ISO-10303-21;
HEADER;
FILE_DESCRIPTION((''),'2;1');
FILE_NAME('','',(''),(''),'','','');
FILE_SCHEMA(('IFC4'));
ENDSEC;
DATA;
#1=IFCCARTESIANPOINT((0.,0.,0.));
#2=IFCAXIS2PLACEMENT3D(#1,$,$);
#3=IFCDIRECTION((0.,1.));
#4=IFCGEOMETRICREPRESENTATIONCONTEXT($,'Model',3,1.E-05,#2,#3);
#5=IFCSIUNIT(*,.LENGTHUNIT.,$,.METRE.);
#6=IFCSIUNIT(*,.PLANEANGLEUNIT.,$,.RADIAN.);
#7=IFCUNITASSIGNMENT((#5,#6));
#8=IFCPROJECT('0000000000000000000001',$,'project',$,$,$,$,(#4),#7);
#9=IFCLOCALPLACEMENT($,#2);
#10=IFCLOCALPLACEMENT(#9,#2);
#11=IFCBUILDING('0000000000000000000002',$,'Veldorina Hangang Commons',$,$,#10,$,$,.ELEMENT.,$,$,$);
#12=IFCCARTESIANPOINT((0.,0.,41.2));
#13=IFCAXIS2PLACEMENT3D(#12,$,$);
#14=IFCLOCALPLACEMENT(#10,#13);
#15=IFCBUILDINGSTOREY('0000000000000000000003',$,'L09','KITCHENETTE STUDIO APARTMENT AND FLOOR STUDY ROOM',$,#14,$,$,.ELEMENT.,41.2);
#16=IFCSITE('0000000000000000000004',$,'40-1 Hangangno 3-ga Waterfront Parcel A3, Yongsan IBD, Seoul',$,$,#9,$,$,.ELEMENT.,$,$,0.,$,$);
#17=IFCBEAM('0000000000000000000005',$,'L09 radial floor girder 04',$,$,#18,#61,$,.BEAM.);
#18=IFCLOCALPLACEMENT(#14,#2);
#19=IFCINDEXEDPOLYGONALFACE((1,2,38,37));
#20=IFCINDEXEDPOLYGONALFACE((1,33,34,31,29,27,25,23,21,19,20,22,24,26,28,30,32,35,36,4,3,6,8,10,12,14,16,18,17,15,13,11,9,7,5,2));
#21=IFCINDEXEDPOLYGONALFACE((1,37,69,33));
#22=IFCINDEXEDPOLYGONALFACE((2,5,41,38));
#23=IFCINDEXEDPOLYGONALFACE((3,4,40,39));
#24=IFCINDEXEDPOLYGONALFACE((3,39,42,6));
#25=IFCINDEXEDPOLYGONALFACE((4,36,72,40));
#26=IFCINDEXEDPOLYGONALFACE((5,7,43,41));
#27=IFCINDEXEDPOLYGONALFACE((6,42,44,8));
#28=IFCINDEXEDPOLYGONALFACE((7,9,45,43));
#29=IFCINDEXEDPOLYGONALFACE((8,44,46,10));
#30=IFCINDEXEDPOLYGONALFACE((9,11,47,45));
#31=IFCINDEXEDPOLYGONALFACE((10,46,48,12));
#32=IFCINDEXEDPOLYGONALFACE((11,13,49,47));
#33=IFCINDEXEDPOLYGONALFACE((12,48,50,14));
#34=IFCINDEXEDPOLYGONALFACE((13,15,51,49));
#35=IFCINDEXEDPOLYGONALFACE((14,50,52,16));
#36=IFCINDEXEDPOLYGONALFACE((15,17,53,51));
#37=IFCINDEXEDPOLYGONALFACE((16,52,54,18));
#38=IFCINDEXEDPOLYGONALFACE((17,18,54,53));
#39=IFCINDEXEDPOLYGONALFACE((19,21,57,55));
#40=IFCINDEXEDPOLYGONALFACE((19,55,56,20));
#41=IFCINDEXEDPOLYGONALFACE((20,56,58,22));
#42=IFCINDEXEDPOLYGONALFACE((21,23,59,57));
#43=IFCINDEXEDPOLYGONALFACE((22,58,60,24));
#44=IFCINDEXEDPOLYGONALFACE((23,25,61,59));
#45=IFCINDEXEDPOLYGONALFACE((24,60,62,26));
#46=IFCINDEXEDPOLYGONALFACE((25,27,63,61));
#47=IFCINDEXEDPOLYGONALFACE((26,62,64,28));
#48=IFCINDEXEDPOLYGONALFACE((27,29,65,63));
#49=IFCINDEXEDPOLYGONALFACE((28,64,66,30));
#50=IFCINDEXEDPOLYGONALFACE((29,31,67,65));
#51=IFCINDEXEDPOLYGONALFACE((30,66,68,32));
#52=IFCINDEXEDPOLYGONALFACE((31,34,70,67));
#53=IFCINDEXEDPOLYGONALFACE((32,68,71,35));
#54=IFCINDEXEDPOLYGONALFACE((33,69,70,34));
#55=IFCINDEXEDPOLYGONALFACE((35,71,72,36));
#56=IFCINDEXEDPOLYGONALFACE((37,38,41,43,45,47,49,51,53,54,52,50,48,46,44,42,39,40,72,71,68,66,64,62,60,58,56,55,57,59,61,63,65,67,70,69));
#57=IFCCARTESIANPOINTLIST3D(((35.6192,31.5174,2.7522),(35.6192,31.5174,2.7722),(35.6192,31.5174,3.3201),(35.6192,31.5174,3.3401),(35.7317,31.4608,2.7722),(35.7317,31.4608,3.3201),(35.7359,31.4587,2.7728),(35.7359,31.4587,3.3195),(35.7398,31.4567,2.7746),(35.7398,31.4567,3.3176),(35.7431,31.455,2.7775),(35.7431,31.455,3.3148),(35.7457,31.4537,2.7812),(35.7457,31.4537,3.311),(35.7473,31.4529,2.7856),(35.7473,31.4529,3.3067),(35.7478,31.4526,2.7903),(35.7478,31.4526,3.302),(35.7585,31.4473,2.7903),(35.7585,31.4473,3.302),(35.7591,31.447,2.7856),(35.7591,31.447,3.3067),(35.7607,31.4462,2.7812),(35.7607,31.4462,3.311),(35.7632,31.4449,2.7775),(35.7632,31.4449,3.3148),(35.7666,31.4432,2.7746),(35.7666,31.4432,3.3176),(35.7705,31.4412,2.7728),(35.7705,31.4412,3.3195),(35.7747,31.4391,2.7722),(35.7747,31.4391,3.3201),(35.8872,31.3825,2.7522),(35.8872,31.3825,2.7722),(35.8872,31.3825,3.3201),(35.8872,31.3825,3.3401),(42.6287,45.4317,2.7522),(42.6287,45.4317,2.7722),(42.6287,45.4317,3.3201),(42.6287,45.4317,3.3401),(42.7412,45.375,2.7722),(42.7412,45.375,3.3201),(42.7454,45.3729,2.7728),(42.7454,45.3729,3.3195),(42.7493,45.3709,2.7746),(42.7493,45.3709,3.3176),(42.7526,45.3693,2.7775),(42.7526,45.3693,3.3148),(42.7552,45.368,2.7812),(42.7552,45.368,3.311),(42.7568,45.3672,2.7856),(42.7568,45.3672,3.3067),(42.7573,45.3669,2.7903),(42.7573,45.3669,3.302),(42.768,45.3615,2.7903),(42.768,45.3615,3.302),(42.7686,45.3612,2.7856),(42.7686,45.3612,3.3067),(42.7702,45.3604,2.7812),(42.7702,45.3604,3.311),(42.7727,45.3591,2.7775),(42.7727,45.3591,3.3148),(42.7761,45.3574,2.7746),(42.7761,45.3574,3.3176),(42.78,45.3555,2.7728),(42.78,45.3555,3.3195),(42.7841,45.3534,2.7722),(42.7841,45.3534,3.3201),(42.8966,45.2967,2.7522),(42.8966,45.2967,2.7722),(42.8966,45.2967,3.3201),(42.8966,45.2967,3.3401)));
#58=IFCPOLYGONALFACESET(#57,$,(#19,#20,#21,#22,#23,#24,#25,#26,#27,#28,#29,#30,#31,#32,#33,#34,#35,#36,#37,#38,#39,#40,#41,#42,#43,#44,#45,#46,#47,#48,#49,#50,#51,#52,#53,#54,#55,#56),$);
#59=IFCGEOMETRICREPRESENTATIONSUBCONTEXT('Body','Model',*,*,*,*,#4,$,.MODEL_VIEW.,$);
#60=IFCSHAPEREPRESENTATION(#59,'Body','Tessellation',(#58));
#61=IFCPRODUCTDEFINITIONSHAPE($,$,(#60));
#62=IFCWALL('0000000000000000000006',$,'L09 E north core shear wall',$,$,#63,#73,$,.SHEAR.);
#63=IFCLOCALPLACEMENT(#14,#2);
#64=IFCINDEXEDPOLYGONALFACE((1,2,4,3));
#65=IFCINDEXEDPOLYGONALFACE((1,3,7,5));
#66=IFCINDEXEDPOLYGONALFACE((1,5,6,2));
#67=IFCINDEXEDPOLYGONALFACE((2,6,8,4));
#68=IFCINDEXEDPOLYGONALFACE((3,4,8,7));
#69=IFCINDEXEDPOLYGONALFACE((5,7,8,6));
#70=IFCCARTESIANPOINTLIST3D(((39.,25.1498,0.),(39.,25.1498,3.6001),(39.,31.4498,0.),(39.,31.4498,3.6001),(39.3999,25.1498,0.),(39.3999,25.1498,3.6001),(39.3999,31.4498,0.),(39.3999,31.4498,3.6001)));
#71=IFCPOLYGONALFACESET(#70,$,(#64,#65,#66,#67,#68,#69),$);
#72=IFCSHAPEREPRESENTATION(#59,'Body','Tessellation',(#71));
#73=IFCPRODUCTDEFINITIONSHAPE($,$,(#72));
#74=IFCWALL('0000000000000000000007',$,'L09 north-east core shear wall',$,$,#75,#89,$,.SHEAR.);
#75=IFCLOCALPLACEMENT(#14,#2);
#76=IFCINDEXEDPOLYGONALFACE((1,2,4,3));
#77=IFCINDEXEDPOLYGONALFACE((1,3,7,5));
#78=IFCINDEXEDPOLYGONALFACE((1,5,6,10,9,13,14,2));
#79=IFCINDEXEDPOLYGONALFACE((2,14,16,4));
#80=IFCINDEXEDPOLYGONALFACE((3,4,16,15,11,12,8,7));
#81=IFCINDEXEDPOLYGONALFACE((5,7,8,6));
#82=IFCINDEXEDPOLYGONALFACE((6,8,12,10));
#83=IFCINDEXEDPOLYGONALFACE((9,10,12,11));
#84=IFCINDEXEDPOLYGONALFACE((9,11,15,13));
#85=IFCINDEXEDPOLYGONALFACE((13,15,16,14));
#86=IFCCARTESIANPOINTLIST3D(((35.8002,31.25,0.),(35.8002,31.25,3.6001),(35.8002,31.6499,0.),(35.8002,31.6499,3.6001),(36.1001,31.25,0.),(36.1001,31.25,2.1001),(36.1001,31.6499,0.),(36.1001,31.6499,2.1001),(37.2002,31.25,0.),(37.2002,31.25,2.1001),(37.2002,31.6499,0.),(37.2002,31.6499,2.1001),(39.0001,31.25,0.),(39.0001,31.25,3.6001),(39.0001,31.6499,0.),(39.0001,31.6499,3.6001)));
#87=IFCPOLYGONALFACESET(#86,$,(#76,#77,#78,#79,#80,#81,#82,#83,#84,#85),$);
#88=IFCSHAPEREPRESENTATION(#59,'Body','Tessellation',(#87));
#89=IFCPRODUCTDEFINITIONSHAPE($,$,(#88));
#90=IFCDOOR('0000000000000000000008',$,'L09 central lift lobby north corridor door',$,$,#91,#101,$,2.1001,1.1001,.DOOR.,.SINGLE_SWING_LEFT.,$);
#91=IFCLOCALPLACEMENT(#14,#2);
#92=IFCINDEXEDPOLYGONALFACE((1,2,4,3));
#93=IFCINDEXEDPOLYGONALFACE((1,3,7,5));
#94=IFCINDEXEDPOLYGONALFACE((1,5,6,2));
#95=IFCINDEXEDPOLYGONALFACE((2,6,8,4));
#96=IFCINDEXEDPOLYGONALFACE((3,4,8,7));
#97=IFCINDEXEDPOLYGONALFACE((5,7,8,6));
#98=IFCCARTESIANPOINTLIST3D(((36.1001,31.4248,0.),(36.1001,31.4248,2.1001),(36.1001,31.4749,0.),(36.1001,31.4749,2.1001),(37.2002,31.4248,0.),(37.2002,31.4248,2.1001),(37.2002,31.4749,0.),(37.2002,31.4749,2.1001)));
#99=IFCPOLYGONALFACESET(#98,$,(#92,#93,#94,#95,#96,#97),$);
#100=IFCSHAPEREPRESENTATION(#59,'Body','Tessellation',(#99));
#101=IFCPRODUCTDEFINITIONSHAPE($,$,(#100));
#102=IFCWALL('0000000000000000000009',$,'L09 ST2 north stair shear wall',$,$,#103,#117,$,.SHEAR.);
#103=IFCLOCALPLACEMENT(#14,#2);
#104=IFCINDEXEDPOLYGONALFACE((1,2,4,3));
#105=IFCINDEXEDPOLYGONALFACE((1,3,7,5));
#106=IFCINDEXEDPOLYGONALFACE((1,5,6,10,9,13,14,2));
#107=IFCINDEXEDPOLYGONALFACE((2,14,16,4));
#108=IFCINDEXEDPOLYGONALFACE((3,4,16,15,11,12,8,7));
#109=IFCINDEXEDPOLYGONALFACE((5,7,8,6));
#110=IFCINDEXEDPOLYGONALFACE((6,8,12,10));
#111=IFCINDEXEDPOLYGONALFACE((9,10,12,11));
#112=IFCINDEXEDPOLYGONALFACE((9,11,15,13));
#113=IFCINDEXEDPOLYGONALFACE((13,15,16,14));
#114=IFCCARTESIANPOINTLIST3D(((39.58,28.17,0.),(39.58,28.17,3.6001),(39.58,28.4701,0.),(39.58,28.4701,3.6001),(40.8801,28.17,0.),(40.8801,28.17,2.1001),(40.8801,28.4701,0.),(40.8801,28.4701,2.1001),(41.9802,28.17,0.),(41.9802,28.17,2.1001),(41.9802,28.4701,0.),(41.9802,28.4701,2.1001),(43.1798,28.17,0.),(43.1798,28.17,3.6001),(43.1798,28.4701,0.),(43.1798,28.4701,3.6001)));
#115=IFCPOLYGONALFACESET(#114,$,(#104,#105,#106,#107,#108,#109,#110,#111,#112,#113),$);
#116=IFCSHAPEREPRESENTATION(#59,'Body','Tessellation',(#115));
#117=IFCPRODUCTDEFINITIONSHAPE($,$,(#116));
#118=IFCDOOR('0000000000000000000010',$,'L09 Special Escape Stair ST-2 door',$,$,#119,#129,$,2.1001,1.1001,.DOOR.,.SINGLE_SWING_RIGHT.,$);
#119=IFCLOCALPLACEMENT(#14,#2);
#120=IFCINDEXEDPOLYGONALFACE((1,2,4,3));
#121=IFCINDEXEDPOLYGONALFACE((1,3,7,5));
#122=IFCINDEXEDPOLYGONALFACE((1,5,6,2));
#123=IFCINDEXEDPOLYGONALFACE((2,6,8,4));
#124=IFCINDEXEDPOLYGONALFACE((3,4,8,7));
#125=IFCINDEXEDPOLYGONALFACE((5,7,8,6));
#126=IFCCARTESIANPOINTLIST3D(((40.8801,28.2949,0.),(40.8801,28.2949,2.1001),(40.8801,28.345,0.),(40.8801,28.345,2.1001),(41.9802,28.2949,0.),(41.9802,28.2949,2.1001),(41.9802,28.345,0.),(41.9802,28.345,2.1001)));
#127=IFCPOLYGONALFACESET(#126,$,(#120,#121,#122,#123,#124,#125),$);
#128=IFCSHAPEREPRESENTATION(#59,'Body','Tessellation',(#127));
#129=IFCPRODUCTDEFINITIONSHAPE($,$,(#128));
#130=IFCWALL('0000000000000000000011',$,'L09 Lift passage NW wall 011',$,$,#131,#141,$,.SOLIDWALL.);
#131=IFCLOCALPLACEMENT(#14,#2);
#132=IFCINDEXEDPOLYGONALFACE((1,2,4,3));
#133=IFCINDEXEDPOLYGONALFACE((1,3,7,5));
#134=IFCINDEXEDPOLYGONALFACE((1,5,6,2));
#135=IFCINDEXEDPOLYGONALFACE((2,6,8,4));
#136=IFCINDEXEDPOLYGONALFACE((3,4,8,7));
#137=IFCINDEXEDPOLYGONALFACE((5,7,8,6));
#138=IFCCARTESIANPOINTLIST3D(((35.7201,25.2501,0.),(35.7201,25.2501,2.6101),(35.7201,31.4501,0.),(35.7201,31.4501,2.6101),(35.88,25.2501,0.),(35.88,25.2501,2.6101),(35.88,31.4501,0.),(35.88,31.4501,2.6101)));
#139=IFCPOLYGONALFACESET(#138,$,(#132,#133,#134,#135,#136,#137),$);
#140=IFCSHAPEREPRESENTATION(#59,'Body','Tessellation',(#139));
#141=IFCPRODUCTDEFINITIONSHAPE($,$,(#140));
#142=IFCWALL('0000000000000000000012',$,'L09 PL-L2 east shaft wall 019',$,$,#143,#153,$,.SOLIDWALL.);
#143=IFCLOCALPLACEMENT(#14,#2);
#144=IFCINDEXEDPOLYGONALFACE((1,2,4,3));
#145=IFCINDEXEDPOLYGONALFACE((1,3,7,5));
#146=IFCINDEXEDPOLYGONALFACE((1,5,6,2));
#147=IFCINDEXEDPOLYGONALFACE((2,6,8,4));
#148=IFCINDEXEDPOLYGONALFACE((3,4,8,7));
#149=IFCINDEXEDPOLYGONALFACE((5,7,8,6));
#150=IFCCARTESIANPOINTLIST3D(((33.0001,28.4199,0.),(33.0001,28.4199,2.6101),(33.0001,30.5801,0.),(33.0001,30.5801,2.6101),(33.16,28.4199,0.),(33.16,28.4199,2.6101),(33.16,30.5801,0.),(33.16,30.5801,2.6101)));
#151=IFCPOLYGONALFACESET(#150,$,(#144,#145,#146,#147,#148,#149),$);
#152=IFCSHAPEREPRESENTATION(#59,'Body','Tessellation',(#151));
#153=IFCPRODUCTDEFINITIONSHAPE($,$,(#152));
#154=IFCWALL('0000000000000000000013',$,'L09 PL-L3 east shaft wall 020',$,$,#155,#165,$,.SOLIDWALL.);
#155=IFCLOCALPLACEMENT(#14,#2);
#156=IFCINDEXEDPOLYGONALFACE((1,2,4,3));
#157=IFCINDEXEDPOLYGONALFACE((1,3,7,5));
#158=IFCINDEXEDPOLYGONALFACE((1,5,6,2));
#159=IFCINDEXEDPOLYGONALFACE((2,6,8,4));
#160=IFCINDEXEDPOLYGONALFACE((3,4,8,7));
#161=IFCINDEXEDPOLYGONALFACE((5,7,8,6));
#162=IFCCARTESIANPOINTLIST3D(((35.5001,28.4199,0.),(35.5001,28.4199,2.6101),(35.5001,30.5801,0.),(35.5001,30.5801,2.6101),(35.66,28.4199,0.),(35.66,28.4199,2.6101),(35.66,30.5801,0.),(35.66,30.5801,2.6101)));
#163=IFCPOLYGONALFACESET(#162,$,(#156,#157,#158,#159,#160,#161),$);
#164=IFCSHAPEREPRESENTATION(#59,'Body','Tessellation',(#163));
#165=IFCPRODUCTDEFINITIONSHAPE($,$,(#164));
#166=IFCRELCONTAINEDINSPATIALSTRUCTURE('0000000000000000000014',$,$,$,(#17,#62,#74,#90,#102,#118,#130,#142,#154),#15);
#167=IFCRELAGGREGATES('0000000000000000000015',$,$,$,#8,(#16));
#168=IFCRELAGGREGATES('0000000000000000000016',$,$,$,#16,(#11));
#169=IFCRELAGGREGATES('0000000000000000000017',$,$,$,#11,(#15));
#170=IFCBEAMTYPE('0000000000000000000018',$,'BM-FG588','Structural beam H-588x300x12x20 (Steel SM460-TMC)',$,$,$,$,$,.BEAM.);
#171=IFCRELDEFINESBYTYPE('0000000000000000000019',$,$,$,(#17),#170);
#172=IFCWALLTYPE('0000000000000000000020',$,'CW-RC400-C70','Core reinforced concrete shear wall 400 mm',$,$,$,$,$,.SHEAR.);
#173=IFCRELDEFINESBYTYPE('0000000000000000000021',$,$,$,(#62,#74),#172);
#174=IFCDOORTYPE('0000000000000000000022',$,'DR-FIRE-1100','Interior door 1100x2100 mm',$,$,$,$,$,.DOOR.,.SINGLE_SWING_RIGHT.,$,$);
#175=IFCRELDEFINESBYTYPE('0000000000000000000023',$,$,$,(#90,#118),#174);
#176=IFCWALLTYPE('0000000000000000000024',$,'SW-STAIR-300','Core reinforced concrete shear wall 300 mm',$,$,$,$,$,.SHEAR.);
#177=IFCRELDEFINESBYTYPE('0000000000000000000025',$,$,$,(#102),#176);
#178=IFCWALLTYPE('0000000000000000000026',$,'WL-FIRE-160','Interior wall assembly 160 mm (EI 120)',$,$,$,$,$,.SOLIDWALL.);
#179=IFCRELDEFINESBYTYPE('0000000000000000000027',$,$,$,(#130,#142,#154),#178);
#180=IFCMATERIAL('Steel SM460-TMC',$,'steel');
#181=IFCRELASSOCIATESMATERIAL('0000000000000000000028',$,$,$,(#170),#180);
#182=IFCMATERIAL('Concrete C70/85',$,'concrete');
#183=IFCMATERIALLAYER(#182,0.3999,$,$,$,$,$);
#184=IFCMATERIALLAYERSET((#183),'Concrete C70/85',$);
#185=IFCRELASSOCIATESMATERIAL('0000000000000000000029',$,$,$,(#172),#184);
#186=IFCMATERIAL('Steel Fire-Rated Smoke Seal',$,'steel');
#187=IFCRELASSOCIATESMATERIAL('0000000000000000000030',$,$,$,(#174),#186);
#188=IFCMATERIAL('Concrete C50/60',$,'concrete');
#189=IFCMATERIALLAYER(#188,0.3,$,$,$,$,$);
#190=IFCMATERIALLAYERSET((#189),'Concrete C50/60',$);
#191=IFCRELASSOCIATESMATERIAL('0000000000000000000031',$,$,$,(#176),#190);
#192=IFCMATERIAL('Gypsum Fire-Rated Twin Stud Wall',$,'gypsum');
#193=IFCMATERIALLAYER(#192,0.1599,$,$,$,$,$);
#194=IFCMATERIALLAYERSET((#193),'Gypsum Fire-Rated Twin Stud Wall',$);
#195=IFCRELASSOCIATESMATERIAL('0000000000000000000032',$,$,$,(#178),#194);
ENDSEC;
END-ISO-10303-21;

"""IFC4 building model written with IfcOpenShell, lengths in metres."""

from ifc_helpers import new_model, si_unit, direction, frame, frame_2d, origin, origin_2d, place, context, subcontext, project, spatial, rectangle, i_section, extrude, material, layer, layer_set, material_profile, profile_set, type_object, element, fill, save


model = new_model("IFC4")

# Units and contexts
model_context = context("Model", 3, precision=1e-05, world=origin(), true_north=direction((0.0, 1.0)))
body_context = subcontext(model_context, "Body", "Model", "MODEL_VIEW")
ifc_project = project(units=[si_unit("LENGTHUNIT", "METRE"), si_unit("PLANEANGLEUNIT", "RADIAN")], contexts=[model_context])

# Site, building, storey
site_placement = place(None, origin())
site = spatial("IfcSite", under=ifc_project, at=site_placement, Name="40-1 Hangangno 3-ga Waterfront Parcel A3, Yongsan IBD, Seoul", CompositionType="ELEMENT", RefElevation=0.0)
building_placement = place(site_placement, origin())
building = spatial("IfcBuilding", under=site, at=building_placement, Name="Veldorina Hangang Commons", CompositionType="ELEMENT")
storey_placement = place(building_placement, frame((0.0, 0.0, 41.2)))
storey = spatial("IfcBuildingStorey", under=building, at=storey_placement, Name="L09", Description="KITCHENETTE STUDIO APARTMENT AND FLOOR STUDY ROOM", CompositionType="ELEMENT", Elevation=41.2)

# Beam
ifc_material_1 = material(Name="Concrete C70/85", Category="concrete")
ifc_material_2 = material(Name="Steel SM460-TMC", Category="steel")
ifc_material_profile_1 = material_profile(ifc_material_2, i_section(OverallWidth=0.3, OverallDepth=0.5879, WebThickness=0.012, FlangeThickness=0.02, FilletRadius=0.0181, at=origin_2d()), Name="H-588x300x12x20")
ifc_profile_set_1 = profile_set([ifc_material_profile_1], Name="Steel SM460-TMC")
beam_type_1 = type_object("IfcBeamType", Name="BM-FG588", Description="Structural beam H-588x300x12x20 (Steel SM460-TMC)", PredefinedType="BEAM", material=ifc_profile_set_1)
beam_1_placement = place(storey_placement, frame((35.7532, 31.45, 3.0461), z_axis=(0.449901, 0.893079, 0.0), x_axis=(-0.893079, 0.449901, 0.0)))
element("IfcBeam", 1, at=beam_1_placement, inside=storey, type_object=beam_type_1, Name="L09 radial floor girder 04", PredefinedType="BEAM", context=body_context, shape_type="SweptSolid", body=[
    extrude(i_section(OverallWidth=0.3, OverallDepth=0.5879, WebThickness=0.012, FlangeThickness=0.02, FilletRadius=0.0181, at=origin_2d()), origin(), (0.0, 0.0, 1.0), 15.5801),
])

# Wall
ifc_layer_1 = layer(ifc_material_1, 0.3999)
ifc_layer_set_1 = layer_set([ifc_layer_1], Name="Concrete C70/85")
wall_type_1 = type_object("IfcWallType", Name="CW-RC400-C70", Description="Core reinforced concrete shear wall 400 mm", PredefinedType="SHEAR", material=ifc_layer_set_1)
wall_1_placement = place(storey_placement, frame((39.2, 25.1499, 0.0), z_axis=(0.0, 0.0, 1.0), x_axis=(0.0, 1.0, 0.0)))
element("IfcWall", 2, at=wall_1_placement, inside=storey, type_object=wall_type_1, Name="L09 E north core shear wall", PredefinedType="SHEAR", context=body_context, shape_type="SweptSolid", body=[
    extrude(rectangle(XDim=6.3, YDim=0.3999, at=frame_2d((3.1499, 0.0))), origin(), (0.0, 0.0, 1.0), 3.6001),
])

# Walls, openings, doors
wall_2_placement = place(storey_placement, frame((35.8, 31.45, 0.0), z_axis=(0.0, 0.0, 1.0), x_axis=(1.0, 0.0, 0.0)))
wall_2 = element("IfcWall", 3, at=wall_2_placement, inside=storey, type_object=wall_type_1, Name="L09 north-east core shear wall", PredefinedType="SHEAR", context=body_context, shape_type="SweptSolid", body=[
    extrude(rectangle(XDim=3.2, YDim=0.3999, at=frame_2d((1.6001, 0.0))), origin(), (0.0, 0.0, 1.0), 3.6001),
])
opening_1_placement = place(wall_2_placement, frame((0.3, 0.0, 0.0)))
opening_1 = element("IfcOpeningElement", 4, at=opening_1_placement, cuts=wall_2, PredefinedType="OPENING", context=body_context, shape_type="SweptSolid", body=[
    extrude(rectangle(XDim=1.1001, YDim=2.1001, at=frame_2d((0.55, 1.05))), frame((0.0, 0.21, 0.0), z_axis=(0.0, -1.0, 0.0), x_axis=(1.0, 0.0, 0.0)), (0.0, 0.0, 1.0), 0.4199),
])
ifc_material_3 = material(Name="Steel Fire-Rated Smoke Seal", Category="steel")
door_type_1 = type_object("IfcDoorType", Name="DR-FIRE-1100", Description="Interior door 1100x2100 mm", OperationType="SINGLE_SWING_RIGHT", PredefinedType="DOOR", material=ifc_material_3)
door_1_placement = place(opening_1_placement, origin())
door_1 = element("IfcDoor", 5, at=door_1_placement, inside=storey, type_object=door_type_1, Name="L09 central lift lobby north corridor door", OperationType="SINGLE_SWING_LEFT", OverallHeight=2.1001, OverallWidth=1.1001, PredefinedType="DOOR", context=body_context, shape_type="SweptSolid", body=[
    extrude(rectangle(XDim=1.1001, YDim=2.1001, at=frame_2d((0.55, 1.05))), frame((0.0, 0.0249, 0.0), z_axis=(0.0, -1.0, 0.0), x_axis=(1.0, 0.0, 0.0)), (0.0, 0.0, 1.0), 0.05),
])
fill(opening_1, door_1)
ifc_material_4 = material(Name="Concrete C50/60", Category="concrete")
ifc_layer_2 = layer(ifc_material_4, 0.3)
ifc_layer_set_2 = layer_set([ifc_layer_2], Name="Concrete C50/60")
wall_type_2 = type_object("IfcWallType", Name="SW-STAIR-300", Description="Core reinforced concrete shear wall 300 mm", PredefinedType="SHEAR", material=ifc_layer_set_2)
wall_3_placement = place(storey_placement, frame((39.5801, 28.3201, 0.0), z_axis=(0.0, 0.0, 1.0), x_axis=(1.0, 0.0, 0.0)))
wall_3 = element("IfcWall", 6, at=wall_3_placement, inside=storey, type_object=wall_type_2, Name="L09 ST2 north stair shear wall", PredefinedType="SHEAR", context=body_context, shape_type="SweptSolid", body=[
    extrude(rectangle(XDim=3.5999, YDim=0.3, at=frame_2d((1.7998, 0.0))), origin(), (0.0, 0.0, 1.0), 3.6001),
])
opening_2_placement = place(wall_3_placement, frame((1.3, 0.0, 0.0)))
opening_2 = element("IfcOpeningElement", 7, at=opening_2_placement, cuts=wall_3, PredefinedType="OPENING", context=body_context, shape_type="SweptSolid", body=[
    extrude(rectangle(XDim=1.1001, YDim=2.1001, at=frame_2d((0.55, 1.05))), frame((0.0, 0.1602, 0.0), z_axis=(0.0, -1.0, 0.0), x_axis=(1.0, 0.0, 0.0)), (0.0, 0.0, 1.0), 0.3201),
])
door_2_placement = place(opening_2_placement, origin())
door_2 = element("IfcDoor", 8, at=door_2_placement, inside=storey, type_object=door_type_1, Name="L09 Special Escape Stair ST-2 door", OperationType="SINGLE_SWING_RIGHT", OverallHeight=2.1001, OverallWidth=1.1001, PredefinedType="DOOR", context=body_context, shape_type="SweptSolid", body=[
    extrude(rectangle(XDim=1.1001, YDim=2.1001, at=frame_2d((0.55, 1.05))), frame((0.0, 0.0249, 0.0), z_axis=(0.0, -1.0, 0.0), x_axis=(1.0, 0.0, 0.0)), (0.0, 0.0, 1.0), 0.05),
])
fill(opening_2, door_2)

# Walls
ifc_material_5 = material(Name="Gypsum Fire-Rated Twin Stud Wall", Category="gypsum")
ifc_layer_3 = layer(ifc_material_5, 0.1599)
ifc_layer_set_3 = layer_set([ifc_layer_3], Name="Gypsum Fire-Rated Twin Stud Wall")
wall_type_3 = type_object("IfcWallType", Name="WL-FIRE-160", Description="Interior wall assembly 160 mm (EI 120)", PredefinedType="SOLIDWALL", material=ifc_layer_set_3)
wall_4_placement = place(storey_placement, frame((35.8, 25.25, 0.0), z_axis=(0.0, 0.0, 1.0), x_axis=(0.0, 1.0, 0.0)))
element("IfcWall", 9, at=wall_4_placement, inside=storey, type_object=wall_type_3, Name="L09 Lift passage NW wall 011", PredefinedType="SOLIDWALL", context=body_context, shape_type="SweptSolid", body=[
    extrude(rectangle(XDim=6.2, YDim=0.1599, at=frame_2d((3.1001, 0.0))), origin(), (0.0, 0.0, 1.0), 2.6101),
])
for number, where, z_axis, x_axis, name in (
    (10, (33.0801, 28.4199, 0.0), (0.0, 0.0, 1.0), (0.0, 1.0, 0.0), "L09 PL-L2 east shaft wall 019"),
    (11, (35.5801, 28.4199, 0.0), (0.0, 0.0, 1.0), (0.0, 1.0, 0.0), "L09 PL-L3 east shaft wall 020"),
):
    element("IfcWall", number, at=place(storey_placement, frame(where, z_axis=z_axis, x_axis=x_axis)), inside=storey, type_object=wall_type_3, Name=name, PredefinedType="SOLIDWALL", context=body_context, shape_type="SweptSolid", body=[
        extrude(rectangle(XDim=2.1602, YDim=0.1599, at=frame_2d((1.0801, 0.0))), origin(), (0.0, 0.0, 1.0), 2.6101),
    ])

save(model, "model.ifc")
